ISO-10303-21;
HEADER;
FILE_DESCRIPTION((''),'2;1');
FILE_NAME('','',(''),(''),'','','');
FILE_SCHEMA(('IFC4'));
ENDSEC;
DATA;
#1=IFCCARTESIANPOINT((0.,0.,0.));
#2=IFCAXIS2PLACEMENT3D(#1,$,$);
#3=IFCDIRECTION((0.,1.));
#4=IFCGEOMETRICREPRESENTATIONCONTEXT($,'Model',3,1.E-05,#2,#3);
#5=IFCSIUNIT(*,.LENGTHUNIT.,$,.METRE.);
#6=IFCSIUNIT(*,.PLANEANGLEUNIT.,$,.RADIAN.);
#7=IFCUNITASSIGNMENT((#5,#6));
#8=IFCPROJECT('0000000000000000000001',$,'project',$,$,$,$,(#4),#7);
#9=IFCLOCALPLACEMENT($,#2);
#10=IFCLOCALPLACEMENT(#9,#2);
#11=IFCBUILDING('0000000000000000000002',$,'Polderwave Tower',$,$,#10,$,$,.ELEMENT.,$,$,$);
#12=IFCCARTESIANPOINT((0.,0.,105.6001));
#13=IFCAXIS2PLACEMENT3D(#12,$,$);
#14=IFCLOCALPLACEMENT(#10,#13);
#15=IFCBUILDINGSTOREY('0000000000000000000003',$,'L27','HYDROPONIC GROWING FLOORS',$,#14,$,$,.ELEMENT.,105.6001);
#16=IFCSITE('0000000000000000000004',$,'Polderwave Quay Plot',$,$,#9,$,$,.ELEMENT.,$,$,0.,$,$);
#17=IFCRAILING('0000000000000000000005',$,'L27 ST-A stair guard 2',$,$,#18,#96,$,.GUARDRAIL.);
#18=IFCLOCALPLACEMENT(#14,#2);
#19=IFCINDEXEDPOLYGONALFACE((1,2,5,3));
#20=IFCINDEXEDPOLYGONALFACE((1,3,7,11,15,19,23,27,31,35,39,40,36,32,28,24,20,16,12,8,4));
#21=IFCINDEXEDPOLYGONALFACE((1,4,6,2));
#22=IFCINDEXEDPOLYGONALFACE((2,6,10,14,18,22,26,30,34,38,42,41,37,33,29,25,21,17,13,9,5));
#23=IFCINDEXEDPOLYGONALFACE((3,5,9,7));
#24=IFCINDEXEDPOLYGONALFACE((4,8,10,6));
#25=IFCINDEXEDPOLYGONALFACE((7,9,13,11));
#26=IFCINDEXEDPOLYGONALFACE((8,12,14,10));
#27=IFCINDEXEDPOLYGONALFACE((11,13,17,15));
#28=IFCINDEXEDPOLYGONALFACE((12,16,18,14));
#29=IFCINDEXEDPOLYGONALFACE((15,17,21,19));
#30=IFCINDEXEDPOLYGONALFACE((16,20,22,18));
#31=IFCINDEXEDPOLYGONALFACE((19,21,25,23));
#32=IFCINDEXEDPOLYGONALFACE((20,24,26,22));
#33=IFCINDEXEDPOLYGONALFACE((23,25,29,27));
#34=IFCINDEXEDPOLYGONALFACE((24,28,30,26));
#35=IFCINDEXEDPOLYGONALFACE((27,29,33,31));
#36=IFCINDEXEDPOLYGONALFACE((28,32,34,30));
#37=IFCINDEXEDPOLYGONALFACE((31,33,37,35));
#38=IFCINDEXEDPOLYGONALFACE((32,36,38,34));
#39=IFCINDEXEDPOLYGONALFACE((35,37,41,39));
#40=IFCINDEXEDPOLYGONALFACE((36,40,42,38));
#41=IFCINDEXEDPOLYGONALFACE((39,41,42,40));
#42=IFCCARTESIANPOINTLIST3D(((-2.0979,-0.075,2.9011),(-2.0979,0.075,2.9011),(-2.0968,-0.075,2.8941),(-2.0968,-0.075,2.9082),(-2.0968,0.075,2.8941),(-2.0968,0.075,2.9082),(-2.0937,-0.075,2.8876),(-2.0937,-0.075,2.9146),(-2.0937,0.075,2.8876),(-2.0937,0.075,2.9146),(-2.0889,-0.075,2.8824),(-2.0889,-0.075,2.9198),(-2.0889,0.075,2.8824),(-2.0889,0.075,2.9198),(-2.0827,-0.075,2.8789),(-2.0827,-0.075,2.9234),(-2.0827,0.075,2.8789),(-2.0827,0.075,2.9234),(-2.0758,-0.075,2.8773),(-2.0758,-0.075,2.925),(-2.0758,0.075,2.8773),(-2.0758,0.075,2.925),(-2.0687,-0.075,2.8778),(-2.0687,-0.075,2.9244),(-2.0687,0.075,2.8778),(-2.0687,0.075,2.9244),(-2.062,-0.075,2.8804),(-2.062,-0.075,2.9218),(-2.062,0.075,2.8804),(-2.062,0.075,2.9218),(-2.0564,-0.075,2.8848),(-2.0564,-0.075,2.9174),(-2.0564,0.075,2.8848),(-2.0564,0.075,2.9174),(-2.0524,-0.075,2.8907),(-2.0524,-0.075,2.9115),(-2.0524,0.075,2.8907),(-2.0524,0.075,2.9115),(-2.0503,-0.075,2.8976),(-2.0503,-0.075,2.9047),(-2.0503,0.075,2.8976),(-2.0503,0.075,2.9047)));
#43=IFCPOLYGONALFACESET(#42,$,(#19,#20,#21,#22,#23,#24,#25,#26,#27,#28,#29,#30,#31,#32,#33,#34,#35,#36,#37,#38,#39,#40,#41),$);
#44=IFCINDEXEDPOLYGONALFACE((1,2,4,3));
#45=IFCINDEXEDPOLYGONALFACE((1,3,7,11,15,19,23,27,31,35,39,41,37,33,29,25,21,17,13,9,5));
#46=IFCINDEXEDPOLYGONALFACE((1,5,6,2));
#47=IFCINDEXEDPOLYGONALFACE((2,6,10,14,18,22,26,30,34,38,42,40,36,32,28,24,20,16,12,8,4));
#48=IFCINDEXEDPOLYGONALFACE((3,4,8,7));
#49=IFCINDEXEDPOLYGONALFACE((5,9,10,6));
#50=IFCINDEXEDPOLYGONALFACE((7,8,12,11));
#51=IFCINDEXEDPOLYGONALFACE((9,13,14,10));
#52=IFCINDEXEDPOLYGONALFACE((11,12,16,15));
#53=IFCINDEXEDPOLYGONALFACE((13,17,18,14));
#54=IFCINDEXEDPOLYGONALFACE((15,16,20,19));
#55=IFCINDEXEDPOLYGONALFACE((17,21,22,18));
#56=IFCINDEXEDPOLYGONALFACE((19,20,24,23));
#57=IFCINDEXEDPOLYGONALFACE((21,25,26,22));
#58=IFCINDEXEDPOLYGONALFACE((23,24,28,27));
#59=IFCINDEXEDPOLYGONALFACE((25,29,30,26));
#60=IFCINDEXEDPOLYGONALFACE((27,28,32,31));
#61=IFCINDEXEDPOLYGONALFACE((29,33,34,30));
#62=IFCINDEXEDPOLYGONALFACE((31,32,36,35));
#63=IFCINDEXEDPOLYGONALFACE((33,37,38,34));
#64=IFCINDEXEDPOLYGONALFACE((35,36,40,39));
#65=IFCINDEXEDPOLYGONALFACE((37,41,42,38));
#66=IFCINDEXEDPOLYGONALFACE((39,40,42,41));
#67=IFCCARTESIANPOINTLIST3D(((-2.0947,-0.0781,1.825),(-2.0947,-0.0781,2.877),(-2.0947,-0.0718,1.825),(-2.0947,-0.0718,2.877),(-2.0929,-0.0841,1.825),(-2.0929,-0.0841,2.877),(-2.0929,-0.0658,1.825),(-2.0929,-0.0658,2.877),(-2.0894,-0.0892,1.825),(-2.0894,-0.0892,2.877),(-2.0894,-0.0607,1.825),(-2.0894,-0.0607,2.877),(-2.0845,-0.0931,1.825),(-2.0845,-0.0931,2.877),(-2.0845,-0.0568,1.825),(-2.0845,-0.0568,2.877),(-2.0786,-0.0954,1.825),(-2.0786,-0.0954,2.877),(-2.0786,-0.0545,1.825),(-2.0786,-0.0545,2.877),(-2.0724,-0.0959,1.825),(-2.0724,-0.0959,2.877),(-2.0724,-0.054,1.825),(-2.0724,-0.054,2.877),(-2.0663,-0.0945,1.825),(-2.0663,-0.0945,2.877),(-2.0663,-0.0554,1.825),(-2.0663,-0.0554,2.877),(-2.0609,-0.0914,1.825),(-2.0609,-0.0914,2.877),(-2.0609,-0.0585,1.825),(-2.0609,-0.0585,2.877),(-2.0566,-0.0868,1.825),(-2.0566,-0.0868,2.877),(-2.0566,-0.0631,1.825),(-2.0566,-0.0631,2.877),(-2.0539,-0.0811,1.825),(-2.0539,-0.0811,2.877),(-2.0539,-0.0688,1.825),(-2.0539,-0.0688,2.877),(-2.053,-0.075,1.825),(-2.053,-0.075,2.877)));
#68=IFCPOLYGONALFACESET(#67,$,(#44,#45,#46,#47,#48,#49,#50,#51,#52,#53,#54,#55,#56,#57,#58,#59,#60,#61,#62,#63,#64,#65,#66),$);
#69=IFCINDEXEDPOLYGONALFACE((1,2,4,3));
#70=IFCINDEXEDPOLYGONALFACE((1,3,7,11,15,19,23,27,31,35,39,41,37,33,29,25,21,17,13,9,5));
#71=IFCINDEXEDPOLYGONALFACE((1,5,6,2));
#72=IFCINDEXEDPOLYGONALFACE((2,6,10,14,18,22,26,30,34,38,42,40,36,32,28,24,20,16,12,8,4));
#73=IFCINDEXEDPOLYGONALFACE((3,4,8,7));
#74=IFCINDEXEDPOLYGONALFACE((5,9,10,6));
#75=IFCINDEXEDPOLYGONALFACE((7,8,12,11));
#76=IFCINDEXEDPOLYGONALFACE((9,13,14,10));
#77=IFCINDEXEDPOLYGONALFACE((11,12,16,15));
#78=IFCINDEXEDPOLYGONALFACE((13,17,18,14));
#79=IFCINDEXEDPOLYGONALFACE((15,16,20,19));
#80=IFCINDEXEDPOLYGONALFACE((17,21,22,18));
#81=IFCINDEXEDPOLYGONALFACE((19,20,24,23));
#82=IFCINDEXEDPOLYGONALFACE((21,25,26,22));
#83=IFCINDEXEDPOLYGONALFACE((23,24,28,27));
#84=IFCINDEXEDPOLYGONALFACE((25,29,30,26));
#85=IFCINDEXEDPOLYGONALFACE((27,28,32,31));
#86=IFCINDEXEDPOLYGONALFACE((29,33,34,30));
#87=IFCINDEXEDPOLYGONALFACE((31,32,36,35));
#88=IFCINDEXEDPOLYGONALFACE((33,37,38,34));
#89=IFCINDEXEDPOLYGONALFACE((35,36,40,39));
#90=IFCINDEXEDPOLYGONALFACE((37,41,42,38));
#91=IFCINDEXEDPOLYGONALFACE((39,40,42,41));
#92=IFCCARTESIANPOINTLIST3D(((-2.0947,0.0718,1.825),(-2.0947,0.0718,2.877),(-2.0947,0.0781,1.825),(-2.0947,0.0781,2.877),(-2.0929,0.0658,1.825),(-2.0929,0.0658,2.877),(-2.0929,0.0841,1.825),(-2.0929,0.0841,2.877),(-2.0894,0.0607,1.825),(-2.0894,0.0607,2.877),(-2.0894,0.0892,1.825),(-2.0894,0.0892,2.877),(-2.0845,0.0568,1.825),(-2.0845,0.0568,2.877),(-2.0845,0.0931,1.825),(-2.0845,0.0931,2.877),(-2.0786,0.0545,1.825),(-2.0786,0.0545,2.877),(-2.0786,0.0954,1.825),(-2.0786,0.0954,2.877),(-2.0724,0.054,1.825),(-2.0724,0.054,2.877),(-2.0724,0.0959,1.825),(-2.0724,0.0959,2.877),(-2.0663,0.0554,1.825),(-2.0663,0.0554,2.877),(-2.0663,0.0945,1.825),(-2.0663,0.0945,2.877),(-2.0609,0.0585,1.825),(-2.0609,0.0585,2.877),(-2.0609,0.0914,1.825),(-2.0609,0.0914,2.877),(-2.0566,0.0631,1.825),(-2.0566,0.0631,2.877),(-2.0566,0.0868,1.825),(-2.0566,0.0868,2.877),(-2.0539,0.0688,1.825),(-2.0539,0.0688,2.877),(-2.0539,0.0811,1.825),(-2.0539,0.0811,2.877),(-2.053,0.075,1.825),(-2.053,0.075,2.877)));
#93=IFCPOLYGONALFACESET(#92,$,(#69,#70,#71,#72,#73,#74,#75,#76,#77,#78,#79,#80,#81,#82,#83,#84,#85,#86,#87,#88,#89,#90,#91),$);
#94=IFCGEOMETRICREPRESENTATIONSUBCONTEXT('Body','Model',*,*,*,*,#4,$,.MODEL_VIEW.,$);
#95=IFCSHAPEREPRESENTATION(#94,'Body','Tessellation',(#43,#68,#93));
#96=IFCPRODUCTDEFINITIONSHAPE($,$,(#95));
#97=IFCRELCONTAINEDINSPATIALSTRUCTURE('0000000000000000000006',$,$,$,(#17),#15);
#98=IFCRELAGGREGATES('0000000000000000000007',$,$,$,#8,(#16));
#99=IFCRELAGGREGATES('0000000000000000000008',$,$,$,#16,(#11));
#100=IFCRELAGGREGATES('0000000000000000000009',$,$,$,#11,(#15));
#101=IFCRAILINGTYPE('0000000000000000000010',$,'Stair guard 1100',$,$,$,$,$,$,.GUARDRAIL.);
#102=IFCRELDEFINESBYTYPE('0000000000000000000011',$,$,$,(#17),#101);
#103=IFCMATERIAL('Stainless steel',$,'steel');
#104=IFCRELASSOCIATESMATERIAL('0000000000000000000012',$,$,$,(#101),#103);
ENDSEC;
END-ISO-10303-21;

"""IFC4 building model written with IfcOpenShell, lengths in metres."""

from ifc_helpers import new_model, si_unit, direction, frame, origin, origin_2d, place, context, subcontext, project, spatial, circle, extrude, material, type_object, element, save


model = new_model("IFC4")

# Units and contexts
model_context = context("Model", 3, precision=1e-05, world=origin(), true_north=direction((0.0, 1.0)))
body_context = subcontext(model_context, "Body", "Model", "MODEL_VIEW")
ifc_project = project(units=[si_unit("LENGTHUNIT", "METRE"), si_unit("PLANEANGLEUNIT", "RADIAN")], contexts=[model_context])

# Site, building, storey
site_placement = place(None, origin())
site = spatial("IfcSite", under=ifc_project, at=site_placement, Name="Polderwave Quay Plot", CompositionType="ELEMENT", RefElevation=0.0)
building_placement = place(site_placement, origin())
building = spatial("IfcBuilding", under=site, at=building_placement, Name="Polderwave Tower", CompositionType="ELEMENT")
storey_placement = place(building_placement, frame((0.0, 0.0, 105.6001)))
storey = spatial("IfcBuildingStorey", under=building, at=storey_placement, Name="L27", Description="HYDROPONIC GROWING FLOORS", CompositionType="ELEMENT", Elevation=105.6001)

# Railing
ifc_material_1 = material(Name="Stainless steel", Category="steel")
railing_type_1 = type_object("IfcRailingType", Name="Stair guard 1100", PredefinedType="GUARDRAIL", material=ifc_material_1)
railing_1_placement = place(storey_placement, frame((-2.074, -0.075, 1.825)))
element("IfcRailing", 1, at=railing_1_placement, inside=storey, type_object=railing_type_1, Name="L27 ST-A stair guard 2", PredefinedType="GUARDRAIL", context=body_context, shape_type="SweptSolid", body=[
    extrude(circle(Radius=0.0239, at=origin_2d()), frame((0.0, 0.0, 1.0762), z_axis=(0.0, 1.0, 0.0), x_axis=(-1.0, 0.0, 0.0)), (0.0, 0.0, 1.0), 0.1499),
    extrude(circle(Radius=0.021, at=origin_2d()), origin(), (0.0, 0.0, 1.0), 1.052),
    extrude(circle(Radius=0.021, at=origin_2d()), frame((0.0, 0.1499, 0.0)), (0.0, 0.0, 1.0), 1.052),
])

save(model, "model.ifc")
